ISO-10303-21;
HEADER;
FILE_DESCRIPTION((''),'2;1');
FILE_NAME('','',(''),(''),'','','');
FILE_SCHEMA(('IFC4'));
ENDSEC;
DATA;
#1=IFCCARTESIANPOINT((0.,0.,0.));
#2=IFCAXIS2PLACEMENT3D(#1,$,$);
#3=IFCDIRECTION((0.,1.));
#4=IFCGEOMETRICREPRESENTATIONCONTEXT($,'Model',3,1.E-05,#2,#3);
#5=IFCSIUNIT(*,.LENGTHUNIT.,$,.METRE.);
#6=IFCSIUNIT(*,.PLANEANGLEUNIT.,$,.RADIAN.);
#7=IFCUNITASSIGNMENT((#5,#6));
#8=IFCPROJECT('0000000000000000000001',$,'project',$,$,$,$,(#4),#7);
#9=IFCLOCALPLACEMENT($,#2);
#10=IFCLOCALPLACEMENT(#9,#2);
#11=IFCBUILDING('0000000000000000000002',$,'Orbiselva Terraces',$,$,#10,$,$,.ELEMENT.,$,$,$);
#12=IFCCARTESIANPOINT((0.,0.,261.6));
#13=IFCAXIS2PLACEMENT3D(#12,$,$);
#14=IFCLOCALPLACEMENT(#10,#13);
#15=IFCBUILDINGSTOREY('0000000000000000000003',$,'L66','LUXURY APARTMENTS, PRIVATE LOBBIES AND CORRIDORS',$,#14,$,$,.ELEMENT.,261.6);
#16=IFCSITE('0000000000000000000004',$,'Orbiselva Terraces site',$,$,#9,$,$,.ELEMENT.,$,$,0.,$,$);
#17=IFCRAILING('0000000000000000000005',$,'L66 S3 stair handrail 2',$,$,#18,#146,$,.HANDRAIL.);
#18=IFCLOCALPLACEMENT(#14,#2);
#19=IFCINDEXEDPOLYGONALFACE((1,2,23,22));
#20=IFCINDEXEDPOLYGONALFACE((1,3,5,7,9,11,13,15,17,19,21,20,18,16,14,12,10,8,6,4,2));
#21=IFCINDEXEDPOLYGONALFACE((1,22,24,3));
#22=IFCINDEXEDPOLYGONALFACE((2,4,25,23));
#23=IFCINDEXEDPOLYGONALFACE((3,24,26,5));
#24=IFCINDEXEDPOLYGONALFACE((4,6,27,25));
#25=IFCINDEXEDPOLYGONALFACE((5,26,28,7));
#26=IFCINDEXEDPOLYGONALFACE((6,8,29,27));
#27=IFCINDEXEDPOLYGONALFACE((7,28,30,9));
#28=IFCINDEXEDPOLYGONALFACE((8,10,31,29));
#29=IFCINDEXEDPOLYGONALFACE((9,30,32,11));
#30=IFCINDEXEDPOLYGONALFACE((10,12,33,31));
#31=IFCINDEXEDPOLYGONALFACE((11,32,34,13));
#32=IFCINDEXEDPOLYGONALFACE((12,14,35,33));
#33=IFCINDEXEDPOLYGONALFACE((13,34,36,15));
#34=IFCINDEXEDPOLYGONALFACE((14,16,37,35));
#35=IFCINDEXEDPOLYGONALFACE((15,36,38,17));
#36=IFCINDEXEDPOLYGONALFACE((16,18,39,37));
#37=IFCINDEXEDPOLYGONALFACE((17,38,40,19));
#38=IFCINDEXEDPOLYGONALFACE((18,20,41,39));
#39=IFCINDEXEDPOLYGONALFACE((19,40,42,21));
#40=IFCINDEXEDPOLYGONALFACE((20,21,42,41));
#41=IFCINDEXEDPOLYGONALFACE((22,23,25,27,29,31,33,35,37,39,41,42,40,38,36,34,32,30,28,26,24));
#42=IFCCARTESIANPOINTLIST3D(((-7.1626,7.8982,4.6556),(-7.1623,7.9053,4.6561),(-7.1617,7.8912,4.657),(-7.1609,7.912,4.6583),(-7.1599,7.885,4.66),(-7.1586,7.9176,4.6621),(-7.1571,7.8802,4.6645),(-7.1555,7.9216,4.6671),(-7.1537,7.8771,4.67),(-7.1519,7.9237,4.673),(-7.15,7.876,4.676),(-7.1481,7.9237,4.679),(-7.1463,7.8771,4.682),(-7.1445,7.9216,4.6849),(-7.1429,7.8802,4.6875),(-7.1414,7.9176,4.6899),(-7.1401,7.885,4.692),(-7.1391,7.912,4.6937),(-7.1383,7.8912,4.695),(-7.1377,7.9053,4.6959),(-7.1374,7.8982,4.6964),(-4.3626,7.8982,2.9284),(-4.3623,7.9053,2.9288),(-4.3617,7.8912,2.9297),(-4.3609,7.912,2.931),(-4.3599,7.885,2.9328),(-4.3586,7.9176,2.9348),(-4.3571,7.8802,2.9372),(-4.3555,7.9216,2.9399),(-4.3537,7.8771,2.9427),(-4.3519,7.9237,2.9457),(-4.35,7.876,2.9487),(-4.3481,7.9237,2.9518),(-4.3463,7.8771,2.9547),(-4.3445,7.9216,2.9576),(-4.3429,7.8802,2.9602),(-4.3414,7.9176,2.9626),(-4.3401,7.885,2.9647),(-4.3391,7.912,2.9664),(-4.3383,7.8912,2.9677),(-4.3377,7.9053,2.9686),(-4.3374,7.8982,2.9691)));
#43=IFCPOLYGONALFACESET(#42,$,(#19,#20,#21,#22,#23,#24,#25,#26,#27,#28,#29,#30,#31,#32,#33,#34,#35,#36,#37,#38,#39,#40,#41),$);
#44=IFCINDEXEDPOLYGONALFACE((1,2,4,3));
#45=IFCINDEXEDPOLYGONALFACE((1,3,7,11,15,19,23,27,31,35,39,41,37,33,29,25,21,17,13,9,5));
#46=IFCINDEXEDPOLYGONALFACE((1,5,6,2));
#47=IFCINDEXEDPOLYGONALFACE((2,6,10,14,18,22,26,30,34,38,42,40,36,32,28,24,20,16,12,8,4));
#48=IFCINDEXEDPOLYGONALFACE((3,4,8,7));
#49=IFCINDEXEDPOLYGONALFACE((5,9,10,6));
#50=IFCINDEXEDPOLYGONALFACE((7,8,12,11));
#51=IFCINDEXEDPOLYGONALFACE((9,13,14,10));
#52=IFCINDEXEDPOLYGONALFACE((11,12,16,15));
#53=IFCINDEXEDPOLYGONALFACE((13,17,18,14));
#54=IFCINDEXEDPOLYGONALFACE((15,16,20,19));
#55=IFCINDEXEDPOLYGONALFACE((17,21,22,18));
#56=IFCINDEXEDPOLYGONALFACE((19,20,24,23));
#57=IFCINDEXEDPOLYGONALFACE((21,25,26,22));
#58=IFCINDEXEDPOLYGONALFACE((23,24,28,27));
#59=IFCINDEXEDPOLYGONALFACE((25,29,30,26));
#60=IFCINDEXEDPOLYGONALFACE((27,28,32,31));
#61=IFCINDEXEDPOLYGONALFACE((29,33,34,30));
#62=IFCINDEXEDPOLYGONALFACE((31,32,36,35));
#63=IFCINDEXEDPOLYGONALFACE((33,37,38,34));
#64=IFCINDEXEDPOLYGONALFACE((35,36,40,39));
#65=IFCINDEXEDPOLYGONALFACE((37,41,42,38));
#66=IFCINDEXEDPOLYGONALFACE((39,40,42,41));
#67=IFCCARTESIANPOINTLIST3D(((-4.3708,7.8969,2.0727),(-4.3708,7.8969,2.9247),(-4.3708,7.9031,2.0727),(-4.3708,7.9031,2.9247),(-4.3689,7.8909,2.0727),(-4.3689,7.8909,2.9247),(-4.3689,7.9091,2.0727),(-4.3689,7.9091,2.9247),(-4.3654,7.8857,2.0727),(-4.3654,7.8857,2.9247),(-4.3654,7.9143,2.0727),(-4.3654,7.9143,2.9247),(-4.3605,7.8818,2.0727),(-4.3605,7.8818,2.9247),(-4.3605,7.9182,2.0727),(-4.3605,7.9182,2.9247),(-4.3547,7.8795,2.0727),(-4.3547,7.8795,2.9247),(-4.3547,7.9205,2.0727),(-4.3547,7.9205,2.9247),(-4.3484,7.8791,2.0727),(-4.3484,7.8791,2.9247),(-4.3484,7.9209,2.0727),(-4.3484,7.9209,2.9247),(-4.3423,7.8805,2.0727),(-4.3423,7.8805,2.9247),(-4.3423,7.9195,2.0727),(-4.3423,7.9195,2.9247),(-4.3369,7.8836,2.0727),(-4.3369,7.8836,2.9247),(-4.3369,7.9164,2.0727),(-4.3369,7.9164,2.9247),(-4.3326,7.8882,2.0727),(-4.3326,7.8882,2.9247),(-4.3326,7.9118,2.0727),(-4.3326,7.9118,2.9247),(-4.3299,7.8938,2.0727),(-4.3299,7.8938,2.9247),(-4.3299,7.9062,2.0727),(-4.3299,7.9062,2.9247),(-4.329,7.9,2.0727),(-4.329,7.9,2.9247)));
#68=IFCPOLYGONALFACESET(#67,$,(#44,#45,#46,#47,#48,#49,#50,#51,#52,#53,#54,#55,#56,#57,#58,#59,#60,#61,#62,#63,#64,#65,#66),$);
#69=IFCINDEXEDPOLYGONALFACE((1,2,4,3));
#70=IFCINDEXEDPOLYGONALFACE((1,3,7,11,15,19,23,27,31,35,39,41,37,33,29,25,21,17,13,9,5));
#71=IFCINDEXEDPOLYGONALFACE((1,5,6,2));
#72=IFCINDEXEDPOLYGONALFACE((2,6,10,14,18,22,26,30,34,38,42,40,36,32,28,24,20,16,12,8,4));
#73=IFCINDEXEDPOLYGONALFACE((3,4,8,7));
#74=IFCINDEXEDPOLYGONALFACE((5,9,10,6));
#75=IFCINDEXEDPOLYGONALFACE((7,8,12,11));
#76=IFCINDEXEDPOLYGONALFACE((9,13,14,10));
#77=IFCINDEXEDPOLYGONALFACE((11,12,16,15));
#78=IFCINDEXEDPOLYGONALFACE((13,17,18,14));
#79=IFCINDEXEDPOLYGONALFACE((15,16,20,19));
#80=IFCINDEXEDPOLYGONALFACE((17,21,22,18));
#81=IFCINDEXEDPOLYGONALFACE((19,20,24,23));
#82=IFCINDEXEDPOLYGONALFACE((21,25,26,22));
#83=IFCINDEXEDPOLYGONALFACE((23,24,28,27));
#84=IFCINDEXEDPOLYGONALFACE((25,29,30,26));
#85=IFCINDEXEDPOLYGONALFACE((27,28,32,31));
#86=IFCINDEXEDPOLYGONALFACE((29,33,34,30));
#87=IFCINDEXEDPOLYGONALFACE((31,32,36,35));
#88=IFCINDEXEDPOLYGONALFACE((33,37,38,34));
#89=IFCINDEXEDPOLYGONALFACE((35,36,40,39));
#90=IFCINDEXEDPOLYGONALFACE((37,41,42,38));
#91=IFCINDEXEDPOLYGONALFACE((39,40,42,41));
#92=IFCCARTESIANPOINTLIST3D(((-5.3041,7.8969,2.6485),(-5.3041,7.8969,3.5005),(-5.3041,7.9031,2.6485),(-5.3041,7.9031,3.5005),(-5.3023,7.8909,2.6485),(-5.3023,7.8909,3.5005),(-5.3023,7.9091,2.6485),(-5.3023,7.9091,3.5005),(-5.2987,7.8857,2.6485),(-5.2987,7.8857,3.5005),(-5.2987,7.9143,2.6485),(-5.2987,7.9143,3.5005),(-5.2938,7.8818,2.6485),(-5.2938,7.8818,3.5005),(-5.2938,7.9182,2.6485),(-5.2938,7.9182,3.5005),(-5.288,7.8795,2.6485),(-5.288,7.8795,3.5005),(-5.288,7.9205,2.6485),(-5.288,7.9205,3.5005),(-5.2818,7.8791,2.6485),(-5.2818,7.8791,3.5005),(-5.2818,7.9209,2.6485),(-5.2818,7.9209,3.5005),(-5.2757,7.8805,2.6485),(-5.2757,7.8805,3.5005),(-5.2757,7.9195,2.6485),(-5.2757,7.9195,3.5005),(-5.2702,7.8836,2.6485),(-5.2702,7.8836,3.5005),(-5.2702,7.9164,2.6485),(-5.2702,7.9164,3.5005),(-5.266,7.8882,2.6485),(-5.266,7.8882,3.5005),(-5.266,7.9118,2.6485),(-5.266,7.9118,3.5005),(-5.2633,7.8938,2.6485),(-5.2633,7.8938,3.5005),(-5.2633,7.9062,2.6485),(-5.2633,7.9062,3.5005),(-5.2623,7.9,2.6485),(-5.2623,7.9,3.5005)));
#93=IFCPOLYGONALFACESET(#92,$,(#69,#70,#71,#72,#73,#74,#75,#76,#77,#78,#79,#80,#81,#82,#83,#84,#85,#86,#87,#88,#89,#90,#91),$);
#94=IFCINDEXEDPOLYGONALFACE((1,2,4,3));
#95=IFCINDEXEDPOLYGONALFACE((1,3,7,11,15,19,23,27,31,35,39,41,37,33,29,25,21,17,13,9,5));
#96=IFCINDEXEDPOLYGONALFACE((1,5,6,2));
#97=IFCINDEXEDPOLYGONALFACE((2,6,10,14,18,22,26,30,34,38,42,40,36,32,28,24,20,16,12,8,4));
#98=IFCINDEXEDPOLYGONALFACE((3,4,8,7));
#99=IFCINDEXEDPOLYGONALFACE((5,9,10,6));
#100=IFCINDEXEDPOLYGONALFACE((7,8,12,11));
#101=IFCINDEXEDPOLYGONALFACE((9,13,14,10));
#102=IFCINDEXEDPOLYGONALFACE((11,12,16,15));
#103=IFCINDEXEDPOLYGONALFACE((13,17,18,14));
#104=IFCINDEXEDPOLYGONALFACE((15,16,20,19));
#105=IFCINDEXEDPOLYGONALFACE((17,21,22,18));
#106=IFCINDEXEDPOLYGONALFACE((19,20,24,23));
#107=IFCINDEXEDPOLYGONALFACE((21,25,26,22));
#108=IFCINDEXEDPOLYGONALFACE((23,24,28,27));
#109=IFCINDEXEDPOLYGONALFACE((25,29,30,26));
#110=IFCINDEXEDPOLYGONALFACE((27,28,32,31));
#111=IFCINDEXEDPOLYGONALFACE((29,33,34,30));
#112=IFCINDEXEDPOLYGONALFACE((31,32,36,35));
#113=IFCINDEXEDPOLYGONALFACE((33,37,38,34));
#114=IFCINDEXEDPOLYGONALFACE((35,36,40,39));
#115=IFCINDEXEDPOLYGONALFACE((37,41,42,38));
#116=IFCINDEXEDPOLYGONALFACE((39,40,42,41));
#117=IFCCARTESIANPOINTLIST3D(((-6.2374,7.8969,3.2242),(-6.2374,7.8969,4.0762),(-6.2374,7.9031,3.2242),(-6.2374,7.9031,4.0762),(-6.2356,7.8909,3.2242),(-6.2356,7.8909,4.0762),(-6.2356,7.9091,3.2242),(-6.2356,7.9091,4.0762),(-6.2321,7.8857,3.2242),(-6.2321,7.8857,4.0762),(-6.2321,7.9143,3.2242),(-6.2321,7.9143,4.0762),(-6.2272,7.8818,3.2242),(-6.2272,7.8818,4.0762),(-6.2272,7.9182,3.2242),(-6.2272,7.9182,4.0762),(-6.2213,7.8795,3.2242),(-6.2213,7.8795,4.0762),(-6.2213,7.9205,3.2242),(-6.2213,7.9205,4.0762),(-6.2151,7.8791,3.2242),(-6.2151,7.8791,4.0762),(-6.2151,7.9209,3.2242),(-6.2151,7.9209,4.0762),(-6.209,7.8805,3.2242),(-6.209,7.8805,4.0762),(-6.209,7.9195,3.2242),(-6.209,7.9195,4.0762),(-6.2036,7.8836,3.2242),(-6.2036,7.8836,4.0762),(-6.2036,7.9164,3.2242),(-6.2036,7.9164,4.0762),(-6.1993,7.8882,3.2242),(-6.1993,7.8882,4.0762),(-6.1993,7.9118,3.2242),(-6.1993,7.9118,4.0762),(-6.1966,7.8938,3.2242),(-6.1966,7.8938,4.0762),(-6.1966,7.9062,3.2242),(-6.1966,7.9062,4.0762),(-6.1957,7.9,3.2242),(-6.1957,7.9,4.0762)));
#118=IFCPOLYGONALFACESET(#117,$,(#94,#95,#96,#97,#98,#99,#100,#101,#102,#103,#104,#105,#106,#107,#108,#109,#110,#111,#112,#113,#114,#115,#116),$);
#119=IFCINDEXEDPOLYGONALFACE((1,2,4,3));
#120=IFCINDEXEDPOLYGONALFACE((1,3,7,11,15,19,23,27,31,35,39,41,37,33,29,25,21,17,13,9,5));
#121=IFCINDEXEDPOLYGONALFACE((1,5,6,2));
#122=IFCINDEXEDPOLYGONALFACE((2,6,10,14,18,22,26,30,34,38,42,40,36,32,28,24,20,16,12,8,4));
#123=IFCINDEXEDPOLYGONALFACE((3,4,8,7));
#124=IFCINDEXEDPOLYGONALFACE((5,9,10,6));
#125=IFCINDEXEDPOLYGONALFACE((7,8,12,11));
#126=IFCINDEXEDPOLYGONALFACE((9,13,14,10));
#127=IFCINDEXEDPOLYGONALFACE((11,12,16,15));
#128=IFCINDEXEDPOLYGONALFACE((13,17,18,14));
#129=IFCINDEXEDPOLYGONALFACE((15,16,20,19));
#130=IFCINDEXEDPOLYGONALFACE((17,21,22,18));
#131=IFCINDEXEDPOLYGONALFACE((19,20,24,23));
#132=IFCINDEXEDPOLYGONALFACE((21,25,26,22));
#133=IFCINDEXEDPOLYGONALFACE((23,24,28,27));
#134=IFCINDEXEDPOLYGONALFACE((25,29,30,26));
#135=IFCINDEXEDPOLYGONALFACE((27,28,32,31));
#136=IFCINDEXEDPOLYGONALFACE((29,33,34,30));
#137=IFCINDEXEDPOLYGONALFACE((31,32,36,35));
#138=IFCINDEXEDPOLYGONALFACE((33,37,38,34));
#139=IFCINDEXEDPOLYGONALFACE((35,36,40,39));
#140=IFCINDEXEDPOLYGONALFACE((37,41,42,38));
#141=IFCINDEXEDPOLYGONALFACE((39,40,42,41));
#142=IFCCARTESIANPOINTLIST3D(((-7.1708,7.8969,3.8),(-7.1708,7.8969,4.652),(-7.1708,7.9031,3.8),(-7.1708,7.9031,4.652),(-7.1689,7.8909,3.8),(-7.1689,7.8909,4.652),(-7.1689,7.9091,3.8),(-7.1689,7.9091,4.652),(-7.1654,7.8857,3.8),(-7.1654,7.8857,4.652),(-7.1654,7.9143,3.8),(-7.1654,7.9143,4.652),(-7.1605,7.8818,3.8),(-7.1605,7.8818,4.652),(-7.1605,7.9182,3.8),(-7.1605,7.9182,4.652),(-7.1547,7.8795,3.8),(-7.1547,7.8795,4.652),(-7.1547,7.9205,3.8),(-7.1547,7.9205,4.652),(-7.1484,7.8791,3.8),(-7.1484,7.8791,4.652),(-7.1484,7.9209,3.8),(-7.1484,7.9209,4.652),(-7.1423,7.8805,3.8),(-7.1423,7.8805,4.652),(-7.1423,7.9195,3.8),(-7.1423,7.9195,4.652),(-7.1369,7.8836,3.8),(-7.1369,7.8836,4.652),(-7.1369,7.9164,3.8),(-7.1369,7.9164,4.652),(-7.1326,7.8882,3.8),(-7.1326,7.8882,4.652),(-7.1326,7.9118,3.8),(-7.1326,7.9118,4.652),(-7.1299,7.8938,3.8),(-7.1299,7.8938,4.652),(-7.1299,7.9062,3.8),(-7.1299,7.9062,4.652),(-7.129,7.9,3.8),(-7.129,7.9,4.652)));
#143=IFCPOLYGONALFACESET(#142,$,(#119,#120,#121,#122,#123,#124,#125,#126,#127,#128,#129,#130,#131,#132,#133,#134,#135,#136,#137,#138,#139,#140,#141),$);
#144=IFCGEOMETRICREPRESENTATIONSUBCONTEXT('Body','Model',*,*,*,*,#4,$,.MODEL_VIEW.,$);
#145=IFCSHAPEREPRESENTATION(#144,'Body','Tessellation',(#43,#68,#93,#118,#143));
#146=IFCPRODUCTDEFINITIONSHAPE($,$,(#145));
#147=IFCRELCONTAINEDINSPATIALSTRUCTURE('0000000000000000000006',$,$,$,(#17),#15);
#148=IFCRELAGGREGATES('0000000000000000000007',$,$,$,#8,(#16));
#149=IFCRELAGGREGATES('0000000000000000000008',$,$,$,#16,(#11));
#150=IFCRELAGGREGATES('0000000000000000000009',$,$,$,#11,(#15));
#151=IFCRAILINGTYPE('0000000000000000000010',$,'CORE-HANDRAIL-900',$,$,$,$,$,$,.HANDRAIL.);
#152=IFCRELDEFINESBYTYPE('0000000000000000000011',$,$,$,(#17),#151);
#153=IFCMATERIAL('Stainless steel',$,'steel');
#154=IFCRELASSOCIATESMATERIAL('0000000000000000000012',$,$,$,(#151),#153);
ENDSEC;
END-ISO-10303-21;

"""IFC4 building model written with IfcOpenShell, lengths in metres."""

from ifc_helpers import new_model, si_unit, direction, frame, origin, origin_2d, place, context, subcontext, project, spatial, circle, extrude, material, type_object, element, save


model = new_model("IFC4")

# Units and contexts
model_context = context("Model", 3, precision=1e-05, world=origin(), true_north=direction((0.0, 1.0)))
body_context = subcontext(model_context, "Body", "Model", "MODEL_VIEW")
ifc_project = project(units=[si_unit("LENGTHUNIT", "METRE"), si_unit("PLANEANGLEUNIT", "RADIAN")], contexts=[model_context])

# Site, building, storey
site_placement = place(None, origin())
site = spatial("IfcSite", under=ifc_project, at=site_placement, Name="Orbiselva Terraces site", CompositionType="ELEMENT", RefElevation=0.0)
building_placement = place(site_placement, origin())
building = spatial("IfcBuilding", under=site, at=building_placement, Name="Orbiselva Terraces", CompositionType="ELEMENT")
storey_placement = place(building_placement, frame((0.0, 0.0, 261.6)))
storey = spatial("IfcBuildingStorey", under=building, at=storey_placement, Name="L66", Description="LUXURY APARTMENTS, PRIVATE LOBBIES AND CORRIDORS", CompositionType="ELEMENT", Elevation=261.6)

# Railing
ifc_material_1 = material(Name="Stainless steel", Category="steel")
railing_type_1 = type_object("IfcRailingType", Name="CORE-HANDRAIL-900", PredefinedType="HANDRAIL", material=ifc_material_1)
railing_1_placement = place(storey_placement, frame((-4.35, 7.9, 2.0727)))
element("IfcRailing", 1, at=railing_1_placement, inside=storey, type_object=railing_type_1, Name="L66 S3 stair handrail 2", PredefinedType="HANDRAIL", context=body_context, shape_type="SweptSolid", body=[
    extrude(circle(Radius=0.024, at=origin_2d()), frame((0.0, 0.0, 0.876), z_axis=(-0.851089, 0.0, 0.525022), x_axis=(0.0, -1.0, 0.0)), (0.0, 0.0, 1.0), 3.2899),
    extrude(circle(Radius=0.021, at=origin_2d()), origin(), (0.0, 0.0, 1.0), 0.852),
    extrude(circle(Radius=0.021, at=origin_2d()), frame((-0.9333, 0.0, 0.5758)), (0.0, 0.0, 1.0), 0.852),
    extrude(circle(Radius=0.021, at=origin_2d()), frame((-1.8667, 0.0, 1.1515)), (0.0, 0.0, 1.0), 0.852),
    extrude(circle(Radius=0.021, at=origin_2d()), frame((-2.8, 0.0, 1.7273)), (0.0, 0.0, 1.0), 0.852),
])

save(model, "model.ifc")
